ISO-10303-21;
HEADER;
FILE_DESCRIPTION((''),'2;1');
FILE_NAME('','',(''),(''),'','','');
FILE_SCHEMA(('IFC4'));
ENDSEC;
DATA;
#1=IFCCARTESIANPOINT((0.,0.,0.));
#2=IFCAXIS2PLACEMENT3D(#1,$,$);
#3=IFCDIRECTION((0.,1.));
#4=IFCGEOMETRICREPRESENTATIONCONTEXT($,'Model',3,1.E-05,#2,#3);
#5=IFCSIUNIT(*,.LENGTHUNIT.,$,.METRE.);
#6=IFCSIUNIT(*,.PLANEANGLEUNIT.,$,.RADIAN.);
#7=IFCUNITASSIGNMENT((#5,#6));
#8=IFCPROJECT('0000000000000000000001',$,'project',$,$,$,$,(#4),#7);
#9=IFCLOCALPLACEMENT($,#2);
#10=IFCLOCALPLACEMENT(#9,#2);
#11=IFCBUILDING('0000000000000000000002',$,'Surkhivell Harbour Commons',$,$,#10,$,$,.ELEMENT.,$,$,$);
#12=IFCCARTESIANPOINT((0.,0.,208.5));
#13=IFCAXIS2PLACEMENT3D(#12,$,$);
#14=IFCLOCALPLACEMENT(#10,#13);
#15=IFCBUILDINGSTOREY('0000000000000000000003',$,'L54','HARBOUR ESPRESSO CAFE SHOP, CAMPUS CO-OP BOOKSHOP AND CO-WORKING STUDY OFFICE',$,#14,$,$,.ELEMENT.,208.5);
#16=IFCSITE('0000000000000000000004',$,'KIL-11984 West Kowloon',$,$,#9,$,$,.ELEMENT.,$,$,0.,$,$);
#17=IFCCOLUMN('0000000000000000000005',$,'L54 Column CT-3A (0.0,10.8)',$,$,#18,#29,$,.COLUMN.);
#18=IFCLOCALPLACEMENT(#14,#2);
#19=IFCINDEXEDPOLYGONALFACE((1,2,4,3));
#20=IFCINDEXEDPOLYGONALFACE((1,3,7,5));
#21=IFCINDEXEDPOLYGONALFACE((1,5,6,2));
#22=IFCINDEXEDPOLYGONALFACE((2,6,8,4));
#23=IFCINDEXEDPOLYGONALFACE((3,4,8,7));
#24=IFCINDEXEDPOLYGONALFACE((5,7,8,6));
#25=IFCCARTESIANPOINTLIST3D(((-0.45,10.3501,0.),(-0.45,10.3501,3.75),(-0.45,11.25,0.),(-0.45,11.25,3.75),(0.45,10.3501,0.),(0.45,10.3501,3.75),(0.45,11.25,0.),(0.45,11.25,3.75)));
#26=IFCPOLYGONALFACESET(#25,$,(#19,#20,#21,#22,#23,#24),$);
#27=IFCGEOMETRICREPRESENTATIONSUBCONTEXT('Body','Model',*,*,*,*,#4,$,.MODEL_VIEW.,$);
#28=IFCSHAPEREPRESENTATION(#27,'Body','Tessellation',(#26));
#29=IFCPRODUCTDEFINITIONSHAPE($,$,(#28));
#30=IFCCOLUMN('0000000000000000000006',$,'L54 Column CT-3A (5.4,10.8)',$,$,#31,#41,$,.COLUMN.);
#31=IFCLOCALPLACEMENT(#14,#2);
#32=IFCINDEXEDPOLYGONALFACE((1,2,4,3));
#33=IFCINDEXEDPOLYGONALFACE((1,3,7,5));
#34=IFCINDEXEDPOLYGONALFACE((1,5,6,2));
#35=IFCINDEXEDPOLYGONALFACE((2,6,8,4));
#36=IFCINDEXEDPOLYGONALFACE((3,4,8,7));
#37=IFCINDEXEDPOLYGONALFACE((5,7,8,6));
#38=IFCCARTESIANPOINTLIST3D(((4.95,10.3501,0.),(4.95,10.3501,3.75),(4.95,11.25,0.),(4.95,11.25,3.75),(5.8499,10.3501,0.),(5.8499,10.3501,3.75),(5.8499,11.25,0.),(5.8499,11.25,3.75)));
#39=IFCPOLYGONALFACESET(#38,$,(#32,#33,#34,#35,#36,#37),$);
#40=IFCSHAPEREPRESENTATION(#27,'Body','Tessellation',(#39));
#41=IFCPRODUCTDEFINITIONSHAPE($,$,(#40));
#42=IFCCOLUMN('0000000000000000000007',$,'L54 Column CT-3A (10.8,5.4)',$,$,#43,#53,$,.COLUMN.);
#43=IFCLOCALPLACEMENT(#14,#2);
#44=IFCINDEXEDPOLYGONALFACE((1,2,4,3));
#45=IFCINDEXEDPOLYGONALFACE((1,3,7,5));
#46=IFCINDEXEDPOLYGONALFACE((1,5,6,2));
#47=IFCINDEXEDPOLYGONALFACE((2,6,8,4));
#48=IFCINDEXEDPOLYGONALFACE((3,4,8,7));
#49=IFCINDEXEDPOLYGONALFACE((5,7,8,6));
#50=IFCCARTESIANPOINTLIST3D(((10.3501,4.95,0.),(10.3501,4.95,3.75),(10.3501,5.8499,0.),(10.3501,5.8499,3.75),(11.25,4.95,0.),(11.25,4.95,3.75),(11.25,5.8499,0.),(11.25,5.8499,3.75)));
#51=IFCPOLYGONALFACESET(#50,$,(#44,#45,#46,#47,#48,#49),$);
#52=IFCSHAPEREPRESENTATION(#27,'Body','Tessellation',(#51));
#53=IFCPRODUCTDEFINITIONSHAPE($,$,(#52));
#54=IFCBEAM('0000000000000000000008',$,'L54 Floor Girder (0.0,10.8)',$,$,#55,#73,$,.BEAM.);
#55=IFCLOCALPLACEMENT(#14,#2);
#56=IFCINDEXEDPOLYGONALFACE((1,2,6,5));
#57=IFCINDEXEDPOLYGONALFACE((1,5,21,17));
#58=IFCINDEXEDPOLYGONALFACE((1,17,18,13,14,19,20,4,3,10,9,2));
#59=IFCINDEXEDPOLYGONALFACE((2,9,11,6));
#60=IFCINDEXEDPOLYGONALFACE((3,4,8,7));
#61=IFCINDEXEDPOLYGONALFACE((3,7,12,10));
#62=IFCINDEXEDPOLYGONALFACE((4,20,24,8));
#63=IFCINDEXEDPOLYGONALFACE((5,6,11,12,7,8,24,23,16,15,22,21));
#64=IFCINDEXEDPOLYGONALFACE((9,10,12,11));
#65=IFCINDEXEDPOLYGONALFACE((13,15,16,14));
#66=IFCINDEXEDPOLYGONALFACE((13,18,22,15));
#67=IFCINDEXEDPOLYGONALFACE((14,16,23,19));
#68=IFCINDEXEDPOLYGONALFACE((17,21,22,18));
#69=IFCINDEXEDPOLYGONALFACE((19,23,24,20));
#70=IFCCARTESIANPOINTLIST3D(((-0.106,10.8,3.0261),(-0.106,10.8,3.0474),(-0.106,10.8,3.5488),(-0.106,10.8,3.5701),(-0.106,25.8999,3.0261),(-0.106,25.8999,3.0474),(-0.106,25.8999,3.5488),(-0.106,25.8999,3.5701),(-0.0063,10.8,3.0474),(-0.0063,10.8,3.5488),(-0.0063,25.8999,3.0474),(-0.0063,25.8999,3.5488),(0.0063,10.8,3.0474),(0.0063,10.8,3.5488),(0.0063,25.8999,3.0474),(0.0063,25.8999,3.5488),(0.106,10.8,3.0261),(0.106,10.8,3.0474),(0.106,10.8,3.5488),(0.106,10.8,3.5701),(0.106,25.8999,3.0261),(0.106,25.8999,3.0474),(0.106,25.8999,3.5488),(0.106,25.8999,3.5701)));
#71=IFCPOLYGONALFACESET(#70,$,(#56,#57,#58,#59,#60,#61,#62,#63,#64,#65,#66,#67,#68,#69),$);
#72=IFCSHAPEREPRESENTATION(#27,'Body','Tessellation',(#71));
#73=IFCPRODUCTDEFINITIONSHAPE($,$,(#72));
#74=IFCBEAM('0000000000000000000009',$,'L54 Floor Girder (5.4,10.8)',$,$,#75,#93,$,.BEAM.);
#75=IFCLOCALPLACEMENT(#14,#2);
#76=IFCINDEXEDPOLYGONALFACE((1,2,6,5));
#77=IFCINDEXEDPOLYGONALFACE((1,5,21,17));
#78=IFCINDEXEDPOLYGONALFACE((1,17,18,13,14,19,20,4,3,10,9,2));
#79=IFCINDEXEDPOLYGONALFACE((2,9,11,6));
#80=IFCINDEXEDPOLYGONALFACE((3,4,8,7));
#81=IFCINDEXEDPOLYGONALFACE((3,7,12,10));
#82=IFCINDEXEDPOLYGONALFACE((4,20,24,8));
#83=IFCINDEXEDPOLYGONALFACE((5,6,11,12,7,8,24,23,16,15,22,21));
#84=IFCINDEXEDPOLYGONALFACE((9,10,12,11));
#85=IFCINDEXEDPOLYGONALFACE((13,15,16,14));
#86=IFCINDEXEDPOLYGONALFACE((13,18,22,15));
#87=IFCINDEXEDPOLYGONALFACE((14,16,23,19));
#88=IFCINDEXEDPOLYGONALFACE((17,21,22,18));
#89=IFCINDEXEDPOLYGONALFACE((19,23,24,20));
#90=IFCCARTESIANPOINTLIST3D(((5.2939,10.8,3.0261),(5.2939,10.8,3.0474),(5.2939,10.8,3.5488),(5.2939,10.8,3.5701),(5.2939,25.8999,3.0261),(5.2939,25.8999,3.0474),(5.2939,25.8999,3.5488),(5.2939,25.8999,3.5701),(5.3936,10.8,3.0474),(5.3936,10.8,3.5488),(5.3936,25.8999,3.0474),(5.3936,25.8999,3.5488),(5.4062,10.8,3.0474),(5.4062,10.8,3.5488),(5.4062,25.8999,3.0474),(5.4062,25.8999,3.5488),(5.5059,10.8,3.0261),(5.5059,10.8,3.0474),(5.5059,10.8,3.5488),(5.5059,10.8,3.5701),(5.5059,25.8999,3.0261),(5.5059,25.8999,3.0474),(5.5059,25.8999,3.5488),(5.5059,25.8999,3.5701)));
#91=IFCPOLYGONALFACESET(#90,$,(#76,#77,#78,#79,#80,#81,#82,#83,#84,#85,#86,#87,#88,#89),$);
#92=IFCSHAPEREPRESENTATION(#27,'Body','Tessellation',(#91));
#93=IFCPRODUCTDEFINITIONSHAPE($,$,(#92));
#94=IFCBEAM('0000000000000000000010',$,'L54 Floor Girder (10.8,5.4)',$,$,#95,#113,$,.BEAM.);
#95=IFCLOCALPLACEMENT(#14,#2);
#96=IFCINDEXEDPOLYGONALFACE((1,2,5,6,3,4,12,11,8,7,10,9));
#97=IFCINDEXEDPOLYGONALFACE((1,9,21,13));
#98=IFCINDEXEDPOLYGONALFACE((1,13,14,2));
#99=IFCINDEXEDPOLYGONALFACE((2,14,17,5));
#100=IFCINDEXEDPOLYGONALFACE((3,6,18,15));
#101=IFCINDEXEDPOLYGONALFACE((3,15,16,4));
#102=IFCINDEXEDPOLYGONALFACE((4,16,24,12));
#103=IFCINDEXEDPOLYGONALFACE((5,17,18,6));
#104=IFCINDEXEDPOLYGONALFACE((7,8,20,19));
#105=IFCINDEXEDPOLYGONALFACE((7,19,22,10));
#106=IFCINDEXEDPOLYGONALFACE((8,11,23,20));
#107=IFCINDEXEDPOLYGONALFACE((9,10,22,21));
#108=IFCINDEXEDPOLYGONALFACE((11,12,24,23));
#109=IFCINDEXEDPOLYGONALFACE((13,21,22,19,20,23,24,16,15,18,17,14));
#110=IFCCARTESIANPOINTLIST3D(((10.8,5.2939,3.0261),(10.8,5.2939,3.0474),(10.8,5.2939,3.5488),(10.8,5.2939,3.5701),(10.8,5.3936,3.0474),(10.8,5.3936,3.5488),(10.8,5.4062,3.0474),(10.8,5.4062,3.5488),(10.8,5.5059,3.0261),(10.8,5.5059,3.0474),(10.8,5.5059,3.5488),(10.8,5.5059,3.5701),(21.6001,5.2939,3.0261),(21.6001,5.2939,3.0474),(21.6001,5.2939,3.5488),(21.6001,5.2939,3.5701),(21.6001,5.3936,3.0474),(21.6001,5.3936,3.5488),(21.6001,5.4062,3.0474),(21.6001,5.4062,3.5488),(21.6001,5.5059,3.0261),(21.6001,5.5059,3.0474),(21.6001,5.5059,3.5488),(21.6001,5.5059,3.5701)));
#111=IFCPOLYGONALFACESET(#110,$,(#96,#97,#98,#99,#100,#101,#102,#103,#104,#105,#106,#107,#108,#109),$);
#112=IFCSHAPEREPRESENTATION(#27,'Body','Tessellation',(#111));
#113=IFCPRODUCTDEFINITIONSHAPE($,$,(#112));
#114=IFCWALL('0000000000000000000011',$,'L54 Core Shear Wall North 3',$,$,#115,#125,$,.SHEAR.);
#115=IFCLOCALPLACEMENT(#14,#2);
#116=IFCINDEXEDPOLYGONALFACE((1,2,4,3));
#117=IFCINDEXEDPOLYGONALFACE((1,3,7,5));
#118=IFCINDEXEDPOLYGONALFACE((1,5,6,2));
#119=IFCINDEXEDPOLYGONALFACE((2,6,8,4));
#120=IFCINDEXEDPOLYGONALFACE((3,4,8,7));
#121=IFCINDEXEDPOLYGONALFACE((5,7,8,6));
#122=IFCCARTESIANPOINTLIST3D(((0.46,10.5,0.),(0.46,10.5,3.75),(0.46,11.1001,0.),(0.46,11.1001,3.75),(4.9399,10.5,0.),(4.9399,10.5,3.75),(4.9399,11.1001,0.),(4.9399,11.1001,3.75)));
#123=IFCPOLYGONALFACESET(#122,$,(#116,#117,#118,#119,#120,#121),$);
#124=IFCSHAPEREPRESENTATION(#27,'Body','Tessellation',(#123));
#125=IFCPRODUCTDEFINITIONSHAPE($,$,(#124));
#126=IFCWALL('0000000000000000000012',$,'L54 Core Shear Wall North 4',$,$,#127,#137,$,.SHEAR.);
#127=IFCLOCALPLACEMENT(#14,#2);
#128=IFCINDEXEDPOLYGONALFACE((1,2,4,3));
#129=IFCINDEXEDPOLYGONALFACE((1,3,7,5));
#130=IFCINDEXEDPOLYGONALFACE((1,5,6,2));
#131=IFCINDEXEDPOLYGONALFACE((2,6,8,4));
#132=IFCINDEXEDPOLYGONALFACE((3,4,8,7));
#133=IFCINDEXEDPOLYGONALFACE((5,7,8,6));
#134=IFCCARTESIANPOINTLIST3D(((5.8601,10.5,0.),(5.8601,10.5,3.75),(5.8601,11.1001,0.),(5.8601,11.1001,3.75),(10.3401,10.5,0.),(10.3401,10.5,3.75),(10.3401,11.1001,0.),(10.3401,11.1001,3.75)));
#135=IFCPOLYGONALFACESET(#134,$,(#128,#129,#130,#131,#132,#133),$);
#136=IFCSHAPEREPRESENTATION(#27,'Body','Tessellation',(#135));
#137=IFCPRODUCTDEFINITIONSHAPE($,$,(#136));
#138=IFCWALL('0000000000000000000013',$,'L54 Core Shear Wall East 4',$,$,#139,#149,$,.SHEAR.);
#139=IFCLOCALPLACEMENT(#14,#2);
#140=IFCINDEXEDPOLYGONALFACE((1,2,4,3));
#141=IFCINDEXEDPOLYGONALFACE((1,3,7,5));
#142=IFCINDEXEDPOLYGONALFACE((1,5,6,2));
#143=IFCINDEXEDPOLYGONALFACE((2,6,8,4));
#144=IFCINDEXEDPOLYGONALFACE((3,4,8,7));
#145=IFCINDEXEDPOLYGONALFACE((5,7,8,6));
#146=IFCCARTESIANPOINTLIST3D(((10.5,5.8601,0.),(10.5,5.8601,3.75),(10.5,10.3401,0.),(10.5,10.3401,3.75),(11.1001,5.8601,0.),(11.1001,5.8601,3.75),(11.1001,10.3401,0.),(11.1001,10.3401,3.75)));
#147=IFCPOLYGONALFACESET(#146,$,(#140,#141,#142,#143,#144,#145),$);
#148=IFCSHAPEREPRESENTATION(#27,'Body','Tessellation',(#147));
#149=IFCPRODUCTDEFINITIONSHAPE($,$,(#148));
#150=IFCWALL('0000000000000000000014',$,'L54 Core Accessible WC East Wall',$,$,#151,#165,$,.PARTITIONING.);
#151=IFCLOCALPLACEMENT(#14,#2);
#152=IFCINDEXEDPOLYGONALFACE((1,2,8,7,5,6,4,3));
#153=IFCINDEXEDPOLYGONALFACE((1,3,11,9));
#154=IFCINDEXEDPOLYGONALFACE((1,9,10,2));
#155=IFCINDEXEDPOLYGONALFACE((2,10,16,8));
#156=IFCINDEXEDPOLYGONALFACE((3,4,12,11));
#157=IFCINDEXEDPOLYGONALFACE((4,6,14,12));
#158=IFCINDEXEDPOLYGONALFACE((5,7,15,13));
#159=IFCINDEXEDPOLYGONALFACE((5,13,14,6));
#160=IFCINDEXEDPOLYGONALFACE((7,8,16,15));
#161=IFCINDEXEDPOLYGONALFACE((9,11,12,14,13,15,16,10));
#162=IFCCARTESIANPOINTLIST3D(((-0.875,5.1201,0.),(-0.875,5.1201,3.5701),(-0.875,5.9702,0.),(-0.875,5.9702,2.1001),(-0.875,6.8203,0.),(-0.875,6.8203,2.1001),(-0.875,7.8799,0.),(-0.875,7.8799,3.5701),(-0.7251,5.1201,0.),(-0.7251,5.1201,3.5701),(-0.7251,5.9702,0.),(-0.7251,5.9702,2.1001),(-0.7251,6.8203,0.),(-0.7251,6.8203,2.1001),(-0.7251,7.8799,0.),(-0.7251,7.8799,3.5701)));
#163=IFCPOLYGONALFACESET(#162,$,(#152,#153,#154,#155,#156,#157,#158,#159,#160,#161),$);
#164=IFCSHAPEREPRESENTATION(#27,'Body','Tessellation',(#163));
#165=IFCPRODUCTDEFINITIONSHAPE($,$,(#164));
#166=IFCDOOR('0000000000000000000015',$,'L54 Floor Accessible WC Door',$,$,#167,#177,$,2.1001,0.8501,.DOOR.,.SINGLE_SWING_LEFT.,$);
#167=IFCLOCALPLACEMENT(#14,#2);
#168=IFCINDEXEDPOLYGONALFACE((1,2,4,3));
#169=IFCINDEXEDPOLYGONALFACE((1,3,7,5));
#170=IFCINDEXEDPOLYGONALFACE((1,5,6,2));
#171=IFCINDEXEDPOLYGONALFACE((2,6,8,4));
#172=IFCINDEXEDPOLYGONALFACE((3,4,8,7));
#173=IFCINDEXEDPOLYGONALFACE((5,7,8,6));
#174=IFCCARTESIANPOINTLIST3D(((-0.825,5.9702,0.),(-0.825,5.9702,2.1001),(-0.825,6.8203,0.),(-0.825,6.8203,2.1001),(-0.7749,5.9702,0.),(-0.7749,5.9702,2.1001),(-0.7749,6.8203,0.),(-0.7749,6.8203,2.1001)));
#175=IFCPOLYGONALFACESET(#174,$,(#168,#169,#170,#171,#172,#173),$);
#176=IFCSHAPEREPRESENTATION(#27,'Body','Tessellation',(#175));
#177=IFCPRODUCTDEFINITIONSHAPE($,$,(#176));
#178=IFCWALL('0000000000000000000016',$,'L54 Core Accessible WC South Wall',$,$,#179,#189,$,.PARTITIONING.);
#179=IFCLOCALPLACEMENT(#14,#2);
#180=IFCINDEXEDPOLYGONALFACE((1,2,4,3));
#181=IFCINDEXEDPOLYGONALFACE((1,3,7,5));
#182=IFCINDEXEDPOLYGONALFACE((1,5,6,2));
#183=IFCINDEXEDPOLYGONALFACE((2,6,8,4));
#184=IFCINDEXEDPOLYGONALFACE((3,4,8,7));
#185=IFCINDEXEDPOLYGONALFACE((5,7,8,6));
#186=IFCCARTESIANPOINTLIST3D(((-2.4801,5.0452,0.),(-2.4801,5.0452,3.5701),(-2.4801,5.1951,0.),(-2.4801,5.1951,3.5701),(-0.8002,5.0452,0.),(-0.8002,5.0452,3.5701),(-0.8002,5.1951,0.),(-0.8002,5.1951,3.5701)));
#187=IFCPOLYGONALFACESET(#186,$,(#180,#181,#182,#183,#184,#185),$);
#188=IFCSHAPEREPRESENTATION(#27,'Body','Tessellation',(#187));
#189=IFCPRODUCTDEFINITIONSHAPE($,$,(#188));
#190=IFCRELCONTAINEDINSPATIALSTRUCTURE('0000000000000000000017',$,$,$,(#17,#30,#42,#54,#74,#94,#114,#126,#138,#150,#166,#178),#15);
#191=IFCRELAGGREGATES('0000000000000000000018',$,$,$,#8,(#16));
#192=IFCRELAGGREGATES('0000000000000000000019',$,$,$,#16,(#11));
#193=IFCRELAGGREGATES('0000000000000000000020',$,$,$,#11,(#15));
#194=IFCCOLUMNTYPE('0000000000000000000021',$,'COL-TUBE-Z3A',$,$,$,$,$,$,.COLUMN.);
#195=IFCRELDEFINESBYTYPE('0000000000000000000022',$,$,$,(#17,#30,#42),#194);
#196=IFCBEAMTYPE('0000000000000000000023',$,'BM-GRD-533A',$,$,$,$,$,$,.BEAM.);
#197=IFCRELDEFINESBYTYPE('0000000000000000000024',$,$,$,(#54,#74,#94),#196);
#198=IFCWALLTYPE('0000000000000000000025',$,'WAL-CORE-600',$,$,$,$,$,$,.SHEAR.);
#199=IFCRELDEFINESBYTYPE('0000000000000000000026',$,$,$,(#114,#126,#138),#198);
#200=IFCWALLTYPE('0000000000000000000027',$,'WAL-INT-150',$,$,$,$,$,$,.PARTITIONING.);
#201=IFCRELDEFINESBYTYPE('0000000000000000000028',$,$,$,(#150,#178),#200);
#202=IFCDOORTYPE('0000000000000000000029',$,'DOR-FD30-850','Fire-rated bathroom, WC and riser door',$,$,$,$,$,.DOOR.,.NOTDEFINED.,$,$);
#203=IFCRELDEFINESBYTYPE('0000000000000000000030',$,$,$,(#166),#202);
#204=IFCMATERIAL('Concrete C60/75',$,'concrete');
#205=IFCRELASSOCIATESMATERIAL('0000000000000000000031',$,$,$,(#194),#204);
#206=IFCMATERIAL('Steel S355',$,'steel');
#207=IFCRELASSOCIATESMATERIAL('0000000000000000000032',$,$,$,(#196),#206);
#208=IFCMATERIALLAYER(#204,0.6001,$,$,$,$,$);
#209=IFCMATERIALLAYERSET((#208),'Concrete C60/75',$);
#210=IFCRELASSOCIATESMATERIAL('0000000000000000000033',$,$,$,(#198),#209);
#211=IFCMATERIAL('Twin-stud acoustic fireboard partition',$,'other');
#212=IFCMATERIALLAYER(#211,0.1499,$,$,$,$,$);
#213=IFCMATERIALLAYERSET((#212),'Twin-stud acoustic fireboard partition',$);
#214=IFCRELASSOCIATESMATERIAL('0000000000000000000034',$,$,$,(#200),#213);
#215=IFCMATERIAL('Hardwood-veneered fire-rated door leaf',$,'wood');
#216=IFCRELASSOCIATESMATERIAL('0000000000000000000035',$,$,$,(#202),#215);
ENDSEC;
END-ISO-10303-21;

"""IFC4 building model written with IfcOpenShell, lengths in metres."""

from ifc_helpers import new_model, si_unit, direction, frame, frame_2d, origin, origin_2d, place, context, subcontext, project, spatial, rectangle, i_section, extrude, material, layer, layer_set, material_profile, profile_set, type_object, element, fill, save


model = new_model("IFC4")

# Units and contexts
model_context = context("Model", 3, precision=1e-05, world=origin(), true_north=direction((0.0, 1.0)))
body_context = subcontext(model_context, "Body", "Model", "MODEL_VIEW")
ifc_project = project(units=[si_unit("LENGTHUNIT", "METRE"), si_unit("PLANEANGLEUNIT", "RADIAN")], contexts=[model_context])

# Site, building, storey
site_placement = place(None, origin())
site = spatial("IfcSite", under=ifc_project, at=site_placement, Name="KIL-11984 West Kowloon", CompositionType="ELEMENT", RefElevation=0.0)
building_placement = place(site_placement, origin())
building = spatial("IfcBuilding", under=site, at=building_placement, Name="Surkhivell Harbour Commons", CompositionType="ELEMENT")
storey_placement = place(building_placement, frame((0.0, 0.0, 208.5)))
storey = spatial("IfcBuildingStorey", under=building, at=storey_placement, Name="L54", Description="HARBOUR ESPRESSO CAFE SHOP, CAMPUS CO-OP BOOKSHOP AND CO-WORKING STUDY OFFICE", CompositionType="ELEMENT", Elevation=208.5)

# Columns
ifc_material_1 = material(Name="Concrete C60/75", Category="concrete")
ifc_material_profile_1 = material_profile(ifc_material_1, rectangle(XDim=0.8999, YDim=0.8999, at=origin_2d()), Name="RC-COL-900x900")
ifc_profile_set_1 = profile_set([ifc_material_profile_1], Name="Concrete C60/75")
column_type = type_object("IfcColumnType", Name="COL-TUBE-Z3A", PredefinedType="COLUMN", material=ifc_profile_set_1)
for number, where, z_axis, x_axis, name in (
    (1, (0.0, 10.8, 0.0), (0.0, 0.0, 1.0), (1.0, 0.0, 0.0), "L54 Column CT-3A (0.0,10.8)"),
    (2, (5.3999, 10.8, 0.0), (0.0, 0.0, 1.0), (1.0, 0.0, 0.0), "L54 Column CT-3A (5.4,10.8)"),
    (3, (10.8, 5.3999, 0.0), (0.0, 0.0, 1.0), (1.0, 0.0, 0.0), "L54 Column CT-3A (10.8,5.4)"),
):
    element("IfcColumn", number, at=place(storey_placement, frame(where, z_axis=z_axis, x_axis=x_axis)), inside=storey, type_object=column_type, Name=name, PredefinedType="COLUMN", context=body_context, shape_type="SweptSolid", body=[
        extrude(rectangle(XDim=0.8999, YDim=0.8999, at=origin_2d()), origin(), (0.0, 0.0, 1.0), 3.75),
    ])

# Beams
ifc_material_2 = material(Name="Steel S355", Category="steel")
ifc_material_profile_2 = material_profile(ifc_material_2, i_section(OverallWidth=0.2119, OverallDepth=0.5439, WebThickness=0.0127, FlangeThickness=0.0212, at=origin_2d()), Name="UB533x210x122")
ifc_profile_set_2 = profile_set([ifc_material_profile_2], Name="Steel S355")
beam_type = type_object("IfcBeamType", Name="BM-GRD-533A", PredefinedType="BEAM", material=ifc_profile_set_2)
for number, where, z_axis, x_axis, name in (
    (4, (0.0, 10.8, 3.2981), (0.0, 1.0, 0.0), (-1.0, 0.0, 0.0), "L54 Floor Girder (0.0,10.8)"),
    (5, (5.3999, 10.8, 3.2981), (0.0, 1.0, 0.0), (-1.0, 0.0, 0.0), "L54 Floor Girder (5.4,10.8)"),
):
    element("IfcBeam", number, at=place(storey_placement, frame(where, z_axis=z_axis, x_axis=x_axis)), inside=storey, type_object=beam_type, Name=name, PredefinedType="BEAM", context=body_context, shape_type="SweptSolid", body=[
        extrude(i_section(OverallWidth=0.2119, OverallDepth=0.5439, WebThickness=0.0127, FlangeThickness=0.0212, at=origin_2d()), origin(), (0.0, 0.0, 1.0), 15.0999),
    ])
beam_placement = place(storey_placement, frame((10.8, 5.3999, 3.2981), z_axis=(1.0, 0.0, 0.0), x_axis=(0.0, 1.0, 0.0)))
element("IfcBeam", 6, at=beam_placement, inside=storey, type_object=beam_type, Name="L54 Floor Girder (10.8,5.4)", PredefinedType="BEAM", context=body_context, shape_type="SweptSolid", body=[
    extrude(i_section(OverallWidth=0.2119, OverallDepth=0.5439, WebThickness=0.0127, FlangeThickness=0.0212, at=origin_2d()), origin(), (0.0, 0.0, 1.0), 10.8),
])

# Walls
ifc_layer_1 = layer(ifc_material_1, 0.6001)
ifc_layer_set_1 = layer_set([ifc_layer_1], Name="Concrete C60/75")
wall_type_1 = type_object("IfcWallType", Name="WAL-CORE-600", PredefinedType="SHEAR", material=ifc_layer_set_1)
for number, where, z_axis, x_axis, name in (
    (7, (0.46, 10.8, 0.0), (0.0, 0.0, 1.0), (1.0, 0.0, 0.0), "L54 Core Shear Wall North 3"),
    (8, (5.8601, 10.8, 0.0), (0.0, 0.0, 1.0), (1.0, 0.0, 0.0), "L54 Core Shear Wall North 4"),
    (9, (10.8, 5.8601, 0.0), (0.0, 0.0, 1.0), (0.0, 1.0, 0.0), "L54 Core Shear Wall East 4"),
):
    element("IfcWall", number, at=place(storey_placement, frame(where, z_axis=z_axis, x_axis=x_axis)), inside=storey, type_object=wall_type_1, Name=name, PredefinedType="SHEAR", context=body_context, shape_type="SweptSolid", body=[
        extrude(rectangle(XDim=4.48, YDim=0.6001, at=frame_2d((2.24, 0.0))), origin(), (0.0, 0.0, 1.0), 3.75),
    ])

# Wall, opening, door
ifc_material_3 = material(Name="Twin-stud acoustic fireboard partition", Category="other")
ifc_layer_2 = layer(ifc_material_3, 0.1499)
ifc_layer_set_2 = layer_set([ifc_layer_2], Name="Twin-stud acoustic fireboard partition")
wall_type_2 = type_object("IfcWallType", Name="WAL-INT-150", PredefinedType="PARTITIONING", material=ifc_layer_set_2)
wall_1_placement = place(storey_placement, frame((-0.8, 5.1201, 0.0), z_axis=(0.0, 0.0, 1.0), x_axis=(0.0, 1.0, 0.0)))
wall_1 = element("IfcWall", 10, at=wall_1_placement, inside=storey, type_object=wall_type_2, Name="L54 Core Accessible WC East Wall", PredefinedType="PARTITIONING", context=body_context, shape_type="SweptSolid", body=[
    extrude(rectangle(XDim=2.7598, YDim=0.1499, at=frame_2d((1.3799, 0.0))), origin(), (0.0, 0.0, 1.0), 3.5701),
])
opening_1_placement = place(wall_1_placement, frame((0.8501, 0.0, 0.0)))
opening_1 = element("IfcOpeningElement", 11, at=opening_1_placement, cuts=wall_1, PredefinedType="OPENING", context=body_context, shape_type="SweptSolid", body=[
    extrude(rectangle(XDim=0.8501, YDim=2.1001, at=frame_2d((0.425, 1.05))), frame((0.0, 0.085, 0.0), z_axis=(0.0, -1.0, 0.0), x_axis=(1.0, 0.0, 0.0)), (0.0, 0.0, 1.0), 0.1699),
])
ifc_material_4 = material(Name="Hardwood-veneered fire-rated door leaf", Category="wood")
door_type_1 = type_object("IfcDoorType", Name="DOR-FD30-850", Description="Fire-rated bathroom, WC and riser door", OperationType="NOTDEFINED", PredefinedType="DOOR", material=ifc_material_4)
door_1_placement = place(opening_1_placement, origin())
door_1 = element("IfcDoor", 12, at=door_1_placement, inside=storey, type_object=door_type_1, Name="L54 Floor Accessible WC Door", OperationType="SINGLE_SWING_LEFT", OverallHeight=2.1001, OverallWidth=0.8501, PredefinedType="DOOR", context=body_context, shape_type="SweptSolid", body=[
    extrude(rectangle(XDim=0.8501, YDim=2.1001, at=frame_2d((0.425, 1.05))), frame((0.0, 0.0249, 0.0), z_axis=(0.0, -1.0, 0.0), x_axis=(1.0, 0.0, 0.0)), (0.0, 0.0, 1.0), 0.05),
])
fill(opening_1, door_1)

# Wall
wall_2_placement = place(storey_placement, frame((-2.48, 5.1201, 0.0), z_axis=(0.0, 0.0, 1.0), x_axis=(1.0, 0.0, 0.0)))
element("IfcWall", 13, at=wall_2_placement, inside=storey, type_object=wall_type_2, Name="L54 Core Accessible WC South Wall", PredefinedType="PARTITIONING", context=body_context, shape_type="SweptSolid", body=[
    extrude(rectangle(XDim=1.6799, YDim=0.1499, at=frame_2d((0.8398, 0.0))), origin(), (0.0, 0.0, 1.0), 3.5701),
])

save(model, "model.ifc")
